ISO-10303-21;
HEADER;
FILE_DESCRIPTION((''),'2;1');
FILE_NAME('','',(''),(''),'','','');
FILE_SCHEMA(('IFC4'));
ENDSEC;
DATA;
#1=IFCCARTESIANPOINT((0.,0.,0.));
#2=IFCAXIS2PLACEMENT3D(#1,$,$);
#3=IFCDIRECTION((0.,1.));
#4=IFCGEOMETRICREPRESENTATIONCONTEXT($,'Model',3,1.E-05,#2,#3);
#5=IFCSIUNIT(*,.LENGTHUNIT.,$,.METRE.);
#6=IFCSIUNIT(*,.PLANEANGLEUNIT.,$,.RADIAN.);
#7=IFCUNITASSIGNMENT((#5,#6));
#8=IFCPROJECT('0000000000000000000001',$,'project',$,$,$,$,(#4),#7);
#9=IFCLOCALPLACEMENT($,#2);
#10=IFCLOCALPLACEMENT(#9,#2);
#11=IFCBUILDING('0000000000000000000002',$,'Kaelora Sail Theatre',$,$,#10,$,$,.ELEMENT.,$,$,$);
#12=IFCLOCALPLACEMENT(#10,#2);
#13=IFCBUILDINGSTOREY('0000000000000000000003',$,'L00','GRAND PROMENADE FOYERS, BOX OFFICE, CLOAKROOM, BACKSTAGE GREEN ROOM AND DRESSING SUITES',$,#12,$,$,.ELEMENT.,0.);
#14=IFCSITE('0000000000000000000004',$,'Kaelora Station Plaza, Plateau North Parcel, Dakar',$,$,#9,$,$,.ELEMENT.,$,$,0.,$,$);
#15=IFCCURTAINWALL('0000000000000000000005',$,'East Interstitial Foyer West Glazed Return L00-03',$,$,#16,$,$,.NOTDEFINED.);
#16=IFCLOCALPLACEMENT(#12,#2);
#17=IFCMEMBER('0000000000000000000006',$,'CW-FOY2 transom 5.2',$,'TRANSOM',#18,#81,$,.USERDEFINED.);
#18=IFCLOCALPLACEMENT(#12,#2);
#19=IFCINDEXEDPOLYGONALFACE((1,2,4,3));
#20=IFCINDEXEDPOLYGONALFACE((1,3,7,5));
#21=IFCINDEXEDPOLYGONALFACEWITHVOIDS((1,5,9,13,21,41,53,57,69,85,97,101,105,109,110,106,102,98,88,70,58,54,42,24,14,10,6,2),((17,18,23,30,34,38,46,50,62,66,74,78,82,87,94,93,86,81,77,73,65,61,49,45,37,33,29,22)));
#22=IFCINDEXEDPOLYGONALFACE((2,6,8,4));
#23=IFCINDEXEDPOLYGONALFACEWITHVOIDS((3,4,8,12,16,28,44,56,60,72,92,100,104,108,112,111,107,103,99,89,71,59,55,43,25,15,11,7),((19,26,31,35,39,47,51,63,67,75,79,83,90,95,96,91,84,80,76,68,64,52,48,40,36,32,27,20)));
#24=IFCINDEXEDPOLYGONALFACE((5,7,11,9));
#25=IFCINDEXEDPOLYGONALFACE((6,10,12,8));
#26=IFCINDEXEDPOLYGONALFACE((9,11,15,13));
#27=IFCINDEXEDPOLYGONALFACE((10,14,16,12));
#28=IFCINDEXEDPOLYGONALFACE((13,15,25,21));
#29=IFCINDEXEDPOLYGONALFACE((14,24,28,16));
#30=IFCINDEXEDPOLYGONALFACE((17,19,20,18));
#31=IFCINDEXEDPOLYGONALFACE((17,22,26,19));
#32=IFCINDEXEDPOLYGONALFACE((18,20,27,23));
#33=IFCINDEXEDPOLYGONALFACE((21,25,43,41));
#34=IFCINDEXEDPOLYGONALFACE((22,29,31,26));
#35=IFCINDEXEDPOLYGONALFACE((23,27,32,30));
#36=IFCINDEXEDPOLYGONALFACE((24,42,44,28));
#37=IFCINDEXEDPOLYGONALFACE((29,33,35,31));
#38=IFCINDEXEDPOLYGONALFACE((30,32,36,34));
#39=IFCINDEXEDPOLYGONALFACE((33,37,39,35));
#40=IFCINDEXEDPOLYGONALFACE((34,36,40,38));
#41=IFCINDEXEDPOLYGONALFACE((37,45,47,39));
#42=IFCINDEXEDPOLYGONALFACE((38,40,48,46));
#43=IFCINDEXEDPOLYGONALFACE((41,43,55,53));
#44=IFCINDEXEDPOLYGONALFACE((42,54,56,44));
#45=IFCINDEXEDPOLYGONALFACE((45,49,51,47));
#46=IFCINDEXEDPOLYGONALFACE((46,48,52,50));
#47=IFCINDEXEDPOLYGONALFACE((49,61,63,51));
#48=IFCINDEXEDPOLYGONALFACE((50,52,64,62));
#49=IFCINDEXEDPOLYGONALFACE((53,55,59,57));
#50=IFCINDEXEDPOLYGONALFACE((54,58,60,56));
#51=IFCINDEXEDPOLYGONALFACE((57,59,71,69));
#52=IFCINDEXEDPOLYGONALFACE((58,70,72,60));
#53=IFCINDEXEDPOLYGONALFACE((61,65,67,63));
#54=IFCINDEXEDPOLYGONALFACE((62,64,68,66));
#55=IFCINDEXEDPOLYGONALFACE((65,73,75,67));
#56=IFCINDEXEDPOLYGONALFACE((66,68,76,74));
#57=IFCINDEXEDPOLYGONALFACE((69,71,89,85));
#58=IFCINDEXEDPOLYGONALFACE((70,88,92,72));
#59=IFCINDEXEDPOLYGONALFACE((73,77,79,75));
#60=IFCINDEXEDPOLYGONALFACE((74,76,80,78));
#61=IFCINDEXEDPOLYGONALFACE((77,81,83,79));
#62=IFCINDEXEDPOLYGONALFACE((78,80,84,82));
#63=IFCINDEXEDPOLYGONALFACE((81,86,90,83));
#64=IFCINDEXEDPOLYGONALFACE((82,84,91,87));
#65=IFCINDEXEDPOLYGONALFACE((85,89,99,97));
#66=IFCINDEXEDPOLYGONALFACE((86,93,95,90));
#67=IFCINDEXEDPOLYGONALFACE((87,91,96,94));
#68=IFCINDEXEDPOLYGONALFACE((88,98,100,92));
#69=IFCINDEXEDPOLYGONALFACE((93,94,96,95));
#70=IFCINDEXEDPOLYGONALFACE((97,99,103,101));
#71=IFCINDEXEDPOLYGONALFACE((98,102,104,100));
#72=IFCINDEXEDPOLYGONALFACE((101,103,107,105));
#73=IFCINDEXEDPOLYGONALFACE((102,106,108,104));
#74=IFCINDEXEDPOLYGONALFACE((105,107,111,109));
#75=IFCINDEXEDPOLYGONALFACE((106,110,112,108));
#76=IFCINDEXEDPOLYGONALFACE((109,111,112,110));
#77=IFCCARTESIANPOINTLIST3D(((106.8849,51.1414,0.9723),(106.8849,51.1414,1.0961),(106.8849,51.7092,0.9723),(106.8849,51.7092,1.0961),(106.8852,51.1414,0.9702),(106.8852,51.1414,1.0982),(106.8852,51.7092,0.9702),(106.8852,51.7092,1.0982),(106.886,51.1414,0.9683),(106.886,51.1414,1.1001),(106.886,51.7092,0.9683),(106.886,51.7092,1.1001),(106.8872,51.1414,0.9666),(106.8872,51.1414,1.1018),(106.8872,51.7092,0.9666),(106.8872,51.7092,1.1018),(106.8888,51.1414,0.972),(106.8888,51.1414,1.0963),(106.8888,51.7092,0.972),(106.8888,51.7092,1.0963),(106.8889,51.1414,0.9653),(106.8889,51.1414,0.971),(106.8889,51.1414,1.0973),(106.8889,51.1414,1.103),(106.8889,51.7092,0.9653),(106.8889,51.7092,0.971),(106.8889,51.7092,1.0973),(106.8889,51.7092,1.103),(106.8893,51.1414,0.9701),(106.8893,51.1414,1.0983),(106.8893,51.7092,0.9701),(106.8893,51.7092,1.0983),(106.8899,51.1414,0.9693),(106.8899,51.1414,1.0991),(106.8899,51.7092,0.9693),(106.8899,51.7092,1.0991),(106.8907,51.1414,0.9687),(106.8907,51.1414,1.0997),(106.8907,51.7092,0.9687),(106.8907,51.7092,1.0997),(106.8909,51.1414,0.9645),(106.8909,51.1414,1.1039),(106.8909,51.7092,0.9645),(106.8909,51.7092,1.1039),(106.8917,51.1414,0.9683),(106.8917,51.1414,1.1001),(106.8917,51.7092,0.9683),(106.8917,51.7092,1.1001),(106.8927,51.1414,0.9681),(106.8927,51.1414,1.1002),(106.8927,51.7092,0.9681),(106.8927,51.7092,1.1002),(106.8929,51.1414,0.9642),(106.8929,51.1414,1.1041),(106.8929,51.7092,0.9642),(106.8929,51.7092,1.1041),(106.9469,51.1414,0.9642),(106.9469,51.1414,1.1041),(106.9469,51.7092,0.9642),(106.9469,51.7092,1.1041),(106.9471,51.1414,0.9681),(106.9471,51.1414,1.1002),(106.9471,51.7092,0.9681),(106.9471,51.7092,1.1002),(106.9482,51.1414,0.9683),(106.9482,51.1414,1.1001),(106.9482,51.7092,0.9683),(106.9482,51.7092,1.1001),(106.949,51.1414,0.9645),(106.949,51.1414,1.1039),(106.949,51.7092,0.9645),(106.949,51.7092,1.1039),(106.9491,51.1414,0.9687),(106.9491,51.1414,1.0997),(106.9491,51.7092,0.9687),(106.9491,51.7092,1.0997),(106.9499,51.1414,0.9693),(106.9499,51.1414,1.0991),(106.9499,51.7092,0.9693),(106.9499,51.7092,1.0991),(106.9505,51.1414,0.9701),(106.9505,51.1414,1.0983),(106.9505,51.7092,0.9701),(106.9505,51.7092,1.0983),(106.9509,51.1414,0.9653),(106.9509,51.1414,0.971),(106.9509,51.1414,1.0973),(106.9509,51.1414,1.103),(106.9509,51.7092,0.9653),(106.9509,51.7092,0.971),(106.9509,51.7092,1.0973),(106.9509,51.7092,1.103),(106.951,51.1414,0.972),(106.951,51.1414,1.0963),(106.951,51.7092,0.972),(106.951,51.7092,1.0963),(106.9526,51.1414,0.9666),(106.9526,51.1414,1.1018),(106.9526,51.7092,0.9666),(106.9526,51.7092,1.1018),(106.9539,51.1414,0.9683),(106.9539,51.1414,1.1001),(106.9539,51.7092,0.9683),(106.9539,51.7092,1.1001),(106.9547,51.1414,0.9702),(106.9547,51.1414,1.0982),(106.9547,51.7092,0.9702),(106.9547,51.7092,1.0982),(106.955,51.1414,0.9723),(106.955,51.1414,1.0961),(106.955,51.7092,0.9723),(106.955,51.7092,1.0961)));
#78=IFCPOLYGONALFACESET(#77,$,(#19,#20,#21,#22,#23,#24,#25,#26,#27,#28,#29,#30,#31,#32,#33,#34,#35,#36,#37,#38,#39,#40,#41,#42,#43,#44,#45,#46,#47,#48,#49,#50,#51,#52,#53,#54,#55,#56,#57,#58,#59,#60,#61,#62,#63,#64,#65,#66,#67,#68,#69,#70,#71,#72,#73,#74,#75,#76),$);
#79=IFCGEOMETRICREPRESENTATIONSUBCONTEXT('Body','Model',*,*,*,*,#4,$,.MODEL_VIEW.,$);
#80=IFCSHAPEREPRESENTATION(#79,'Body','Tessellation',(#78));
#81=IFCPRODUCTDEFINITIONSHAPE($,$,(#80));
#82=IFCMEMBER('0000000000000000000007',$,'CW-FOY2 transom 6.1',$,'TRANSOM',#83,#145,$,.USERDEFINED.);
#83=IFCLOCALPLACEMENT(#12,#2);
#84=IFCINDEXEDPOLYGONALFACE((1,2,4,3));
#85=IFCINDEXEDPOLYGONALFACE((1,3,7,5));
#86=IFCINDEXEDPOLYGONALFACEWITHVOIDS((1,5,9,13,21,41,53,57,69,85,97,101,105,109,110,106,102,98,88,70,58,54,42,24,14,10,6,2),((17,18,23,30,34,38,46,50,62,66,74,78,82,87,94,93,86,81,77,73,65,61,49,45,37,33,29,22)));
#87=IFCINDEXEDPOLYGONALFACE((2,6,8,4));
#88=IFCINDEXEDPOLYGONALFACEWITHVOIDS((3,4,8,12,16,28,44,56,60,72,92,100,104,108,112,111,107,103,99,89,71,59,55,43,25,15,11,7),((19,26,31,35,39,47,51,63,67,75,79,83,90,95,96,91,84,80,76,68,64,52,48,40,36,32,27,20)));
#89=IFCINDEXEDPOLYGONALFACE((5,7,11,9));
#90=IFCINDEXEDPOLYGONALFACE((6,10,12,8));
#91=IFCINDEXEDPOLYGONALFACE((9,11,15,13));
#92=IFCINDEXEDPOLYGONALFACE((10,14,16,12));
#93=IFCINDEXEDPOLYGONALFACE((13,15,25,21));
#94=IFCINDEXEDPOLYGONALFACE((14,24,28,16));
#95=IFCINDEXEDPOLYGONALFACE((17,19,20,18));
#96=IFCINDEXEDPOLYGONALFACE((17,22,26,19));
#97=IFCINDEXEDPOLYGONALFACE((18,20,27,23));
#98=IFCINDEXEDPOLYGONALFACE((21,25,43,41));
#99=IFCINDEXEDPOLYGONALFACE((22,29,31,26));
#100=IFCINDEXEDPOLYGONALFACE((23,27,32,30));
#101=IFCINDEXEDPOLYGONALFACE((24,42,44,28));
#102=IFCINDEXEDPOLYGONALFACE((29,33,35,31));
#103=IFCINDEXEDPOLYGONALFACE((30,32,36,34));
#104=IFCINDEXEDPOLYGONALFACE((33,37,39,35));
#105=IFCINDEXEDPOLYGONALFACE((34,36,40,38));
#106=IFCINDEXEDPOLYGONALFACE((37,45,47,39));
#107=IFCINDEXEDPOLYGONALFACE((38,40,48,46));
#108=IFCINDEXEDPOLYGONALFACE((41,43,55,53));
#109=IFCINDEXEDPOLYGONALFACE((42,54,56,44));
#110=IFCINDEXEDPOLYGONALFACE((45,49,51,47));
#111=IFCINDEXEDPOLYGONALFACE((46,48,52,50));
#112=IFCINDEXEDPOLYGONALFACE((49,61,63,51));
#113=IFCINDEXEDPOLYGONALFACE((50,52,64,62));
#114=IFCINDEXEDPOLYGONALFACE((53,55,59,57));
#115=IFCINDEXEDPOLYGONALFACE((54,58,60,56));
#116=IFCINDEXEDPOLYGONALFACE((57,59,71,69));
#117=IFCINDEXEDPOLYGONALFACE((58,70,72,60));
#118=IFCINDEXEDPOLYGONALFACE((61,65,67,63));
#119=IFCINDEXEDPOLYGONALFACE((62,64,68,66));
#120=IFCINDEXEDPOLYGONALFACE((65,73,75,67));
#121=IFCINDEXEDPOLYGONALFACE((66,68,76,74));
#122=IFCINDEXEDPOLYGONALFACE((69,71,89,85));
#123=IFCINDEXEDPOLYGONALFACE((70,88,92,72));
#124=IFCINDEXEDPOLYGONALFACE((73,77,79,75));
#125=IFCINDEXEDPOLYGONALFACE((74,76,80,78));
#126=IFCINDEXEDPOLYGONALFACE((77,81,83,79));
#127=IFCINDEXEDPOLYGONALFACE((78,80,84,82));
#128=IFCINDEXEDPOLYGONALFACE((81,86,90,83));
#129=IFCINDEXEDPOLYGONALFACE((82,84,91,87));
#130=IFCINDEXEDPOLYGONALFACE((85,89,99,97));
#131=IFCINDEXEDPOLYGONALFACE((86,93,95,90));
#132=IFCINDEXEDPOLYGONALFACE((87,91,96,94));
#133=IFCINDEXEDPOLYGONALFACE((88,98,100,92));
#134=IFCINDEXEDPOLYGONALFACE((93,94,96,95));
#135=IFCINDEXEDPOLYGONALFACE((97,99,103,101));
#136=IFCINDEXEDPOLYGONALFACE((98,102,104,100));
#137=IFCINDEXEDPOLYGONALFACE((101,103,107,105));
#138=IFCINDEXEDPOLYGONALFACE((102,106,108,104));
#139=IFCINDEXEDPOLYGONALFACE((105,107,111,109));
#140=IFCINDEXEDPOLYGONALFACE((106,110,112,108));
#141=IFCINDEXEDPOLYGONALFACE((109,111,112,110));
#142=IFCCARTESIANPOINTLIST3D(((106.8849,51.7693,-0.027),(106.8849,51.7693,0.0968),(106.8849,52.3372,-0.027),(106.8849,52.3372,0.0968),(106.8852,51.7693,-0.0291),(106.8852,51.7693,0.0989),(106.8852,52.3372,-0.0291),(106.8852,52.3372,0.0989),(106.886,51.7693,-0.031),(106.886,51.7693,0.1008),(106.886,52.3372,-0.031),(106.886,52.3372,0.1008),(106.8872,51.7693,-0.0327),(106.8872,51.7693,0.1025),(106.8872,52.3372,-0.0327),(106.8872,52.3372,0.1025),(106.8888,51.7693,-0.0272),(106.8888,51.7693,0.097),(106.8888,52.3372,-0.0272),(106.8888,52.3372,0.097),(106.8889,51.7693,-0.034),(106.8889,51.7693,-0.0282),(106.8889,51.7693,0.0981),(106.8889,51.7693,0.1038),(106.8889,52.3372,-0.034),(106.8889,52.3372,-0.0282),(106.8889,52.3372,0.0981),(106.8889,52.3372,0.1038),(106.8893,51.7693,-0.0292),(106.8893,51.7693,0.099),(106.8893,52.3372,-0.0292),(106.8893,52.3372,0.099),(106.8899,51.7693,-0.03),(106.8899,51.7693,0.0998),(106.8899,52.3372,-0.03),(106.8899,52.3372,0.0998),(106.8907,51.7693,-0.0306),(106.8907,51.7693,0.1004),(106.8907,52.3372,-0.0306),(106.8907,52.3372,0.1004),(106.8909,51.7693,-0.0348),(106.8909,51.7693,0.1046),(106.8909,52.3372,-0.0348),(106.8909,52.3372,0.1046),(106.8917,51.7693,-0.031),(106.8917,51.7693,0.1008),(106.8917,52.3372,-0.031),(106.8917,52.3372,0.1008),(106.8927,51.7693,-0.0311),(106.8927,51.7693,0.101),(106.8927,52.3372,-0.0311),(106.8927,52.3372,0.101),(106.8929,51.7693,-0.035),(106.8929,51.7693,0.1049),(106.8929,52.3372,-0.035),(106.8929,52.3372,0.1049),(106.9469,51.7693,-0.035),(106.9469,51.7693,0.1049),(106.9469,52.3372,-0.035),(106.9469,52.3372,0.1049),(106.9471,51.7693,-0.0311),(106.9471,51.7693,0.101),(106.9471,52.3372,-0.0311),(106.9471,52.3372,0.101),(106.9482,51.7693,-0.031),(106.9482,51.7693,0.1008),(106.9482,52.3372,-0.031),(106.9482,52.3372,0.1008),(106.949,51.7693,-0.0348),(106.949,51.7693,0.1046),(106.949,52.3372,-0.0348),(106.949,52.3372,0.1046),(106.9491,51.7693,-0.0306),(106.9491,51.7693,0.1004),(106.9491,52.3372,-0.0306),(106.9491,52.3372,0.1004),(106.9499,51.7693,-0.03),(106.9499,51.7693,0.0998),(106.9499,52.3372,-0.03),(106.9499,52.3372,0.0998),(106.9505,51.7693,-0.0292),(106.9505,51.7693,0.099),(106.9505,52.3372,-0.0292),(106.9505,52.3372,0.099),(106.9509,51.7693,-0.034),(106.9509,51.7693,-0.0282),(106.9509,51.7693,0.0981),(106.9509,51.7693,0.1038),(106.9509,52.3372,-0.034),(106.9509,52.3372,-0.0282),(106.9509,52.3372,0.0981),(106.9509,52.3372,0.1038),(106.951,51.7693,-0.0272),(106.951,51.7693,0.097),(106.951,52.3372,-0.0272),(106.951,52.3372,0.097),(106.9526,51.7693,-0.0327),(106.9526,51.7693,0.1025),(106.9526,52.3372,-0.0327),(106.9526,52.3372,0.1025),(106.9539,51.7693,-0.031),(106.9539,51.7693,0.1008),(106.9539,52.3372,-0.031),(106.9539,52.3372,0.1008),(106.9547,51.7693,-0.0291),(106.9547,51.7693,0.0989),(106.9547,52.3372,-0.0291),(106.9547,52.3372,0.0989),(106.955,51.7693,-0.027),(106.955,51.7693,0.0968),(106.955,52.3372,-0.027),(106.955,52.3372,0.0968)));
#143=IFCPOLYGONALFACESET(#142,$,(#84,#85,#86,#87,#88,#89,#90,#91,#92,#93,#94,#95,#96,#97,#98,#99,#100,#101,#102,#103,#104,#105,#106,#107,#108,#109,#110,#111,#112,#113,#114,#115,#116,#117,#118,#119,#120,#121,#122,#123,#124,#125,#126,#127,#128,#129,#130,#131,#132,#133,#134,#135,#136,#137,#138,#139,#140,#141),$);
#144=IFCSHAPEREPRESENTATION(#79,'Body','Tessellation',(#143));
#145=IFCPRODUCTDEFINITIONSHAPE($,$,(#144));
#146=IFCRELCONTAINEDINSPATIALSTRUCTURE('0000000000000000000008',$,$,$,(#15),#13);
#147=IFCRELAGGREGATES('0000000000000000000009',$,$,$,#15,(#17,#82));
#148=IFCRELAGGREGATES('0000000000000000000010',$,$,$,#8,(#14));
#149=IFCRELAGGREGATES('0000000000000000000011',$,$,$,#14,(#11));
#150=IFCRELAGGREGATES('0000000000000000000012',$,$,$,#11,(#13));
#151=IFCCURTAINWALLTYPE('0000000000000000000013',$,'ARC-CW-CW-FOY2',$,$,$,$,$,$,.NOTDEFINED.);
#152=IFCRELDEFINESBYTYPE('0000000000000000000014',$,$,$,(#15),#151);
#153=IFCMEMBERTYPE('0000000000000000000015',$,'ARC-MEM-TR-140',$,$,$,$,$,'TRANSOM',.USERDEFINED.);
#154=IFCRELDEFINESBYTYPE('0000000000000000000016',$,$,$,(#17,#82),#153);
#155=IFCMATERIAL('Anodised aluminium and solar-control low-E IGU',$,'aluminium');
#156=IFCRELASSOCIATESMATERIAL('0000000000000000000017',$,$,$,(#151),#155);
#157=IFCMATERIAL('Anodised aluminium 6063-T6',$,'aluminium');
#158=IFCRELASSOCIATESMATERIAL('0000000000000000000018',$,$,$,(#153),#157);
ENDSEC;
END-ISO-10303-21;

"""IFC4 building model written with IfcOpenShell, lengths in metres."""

from ifc_helpers import new_model, si_unit, direction, frame, origin, origin_2d, place, context, subcontext, project, spatial, hollow_rectangle, extrude, material, material_profile, profile_set, type_object, element, aggregate, save


model = new_model("IFC4")

# Units and contexts
model_context = context("Model", 3, precision=1e-05, world=origin(), true_north=direction((0.0, 1.0)))
body_context = subcontext(model_context, "Body", "Model", "MODEL_VIEW")
ifc_project = project(units=[si_unit("LENGTHUNIT", "METRE"), si_unit("PLANEANGLEUNIT", "RADIAN")], contexts=[model_context])

# Site, building, storey
site_placement = place(None, origin())
site = spatial("IfcSite", under=ifc_project, at=site_placement, Name="Kaelora Station Plaza, Plateau North Parcel, Dakar", CompositionType="ELEMENT", RefElevation=0.0)
building_placement = place(site_placement, origin())
building = spatial("IfcBuilding", under=site, at=building_placement, Name="Kaelora Sail Theatre", CompositionType="ELEMENT")
storey_placement = place(building_placement, origin())
storey = spatial("IfcBuildingStorey", under=building, at=storey_placement, Name="L00", Description="GRAND PROMENADE FOYERS, BOX OFFICE, CLOAKROOM, BACKSTAGE GREEN ROOM AND DRESSING SUITES", CompositionType="ELEMENT", Elevation=0.0)

# Curtain wall
ifc_material_1 = material(Name="Anodised aluminium and solar-control low-E IGU", Category="aluminium")
curtain_wall_type = type_object("IfcCurtainWallType", Name="ARC-CW-CW-FOY2", PredefinedType="NOTDEFINED", material=ifc_material_1)
curtain_wall_1_placement = place(storey_placement, origin())
curtain_wall_1 = element("IfcCurtainWall", 1, at=curtain_wall_1_placement, inside=storey, type_object=curtain_wall_type, Name="East Interstitial Foyer West Glazed Return L00-03", PredefinedType="NOTDEFINED")

# Members
ifc_material_2 = material(Name="Anodised aluminium 6063-T6", Category="aluminium")
ifc_material_profile_1 = material_profile(ifc_material_2, hollow_rectangle(XDim=0.0701, YDim=0.1399, WallThickness=0.0039, InnerFilletRadius=0.0039, OuterFilletRadius=0.0081, at=origin_2d()), Name="ALU-TRAN 70x140x4")
ifc_profile_set_1 = profile_set([ifc_material_profile_1], Name="Anodised aluminium 6063-T6")
member_type_1 = type_object("IfcMemberType", Name="ARC-MEM-TR-140", ElementType="TRANSOM", PredefinedType="USERDEFINED", material=ifc_profile_set_1)
member_1_placement = place(storey_placement, frame((106.9199, 51.1414, 1.0342), z_axis=(0.0, 1.0, 0.0), x_axis=(-1.0, 0.0, 0.0)))
member_1 = element("IfcMember", 2, at=member_1_placement, type_object=member_type_1, Name="CW-FOY2 transom 5.2", ObjectType="TRANSOM", PredefinedType="USERDEFINED", context=body_context, shape_type="SweptSolid", body=[
    extrude(hollow_rectangle(XDim=0.0701, YDim=0.1399, WallThickness=0.0039, InnerFilletRadius=0.0039, OuterFilletRadius=0.0081, at=origin_2d()), origin(), (0.0, 0.0, 1.0), 0.5679),
])
member_2_placement = place(storey_placement, frame((106.9199, 51.7693, 0.0349), z_axis=(0.0, 1.0, 0.0), x_axis=(-1.0, 0.0, 0.0)))
member_2 = element("IfcMember", 3, at=member_2_placement, type_object=member_type_1, Name="CW-FOY2 transom 6.1", ObjectType="TRANSOM", PredefinedType="USERDEFINED", context=body_context, shape_type="SweptSolid", body=[
    extrude(hollow_rectangle(XDim=0.0701, YDim=0.1399, WallThickness=0.0039, InnerFilletRadius=0.0039, OuterFilletRadius=0.0081, at=origin_2d()), origin(), (0.0, 0.0, 1.0), 0.5679),
])

aggregate(curtain_wall_1, [member_1, member_2])

save(model, "model.ifc")
